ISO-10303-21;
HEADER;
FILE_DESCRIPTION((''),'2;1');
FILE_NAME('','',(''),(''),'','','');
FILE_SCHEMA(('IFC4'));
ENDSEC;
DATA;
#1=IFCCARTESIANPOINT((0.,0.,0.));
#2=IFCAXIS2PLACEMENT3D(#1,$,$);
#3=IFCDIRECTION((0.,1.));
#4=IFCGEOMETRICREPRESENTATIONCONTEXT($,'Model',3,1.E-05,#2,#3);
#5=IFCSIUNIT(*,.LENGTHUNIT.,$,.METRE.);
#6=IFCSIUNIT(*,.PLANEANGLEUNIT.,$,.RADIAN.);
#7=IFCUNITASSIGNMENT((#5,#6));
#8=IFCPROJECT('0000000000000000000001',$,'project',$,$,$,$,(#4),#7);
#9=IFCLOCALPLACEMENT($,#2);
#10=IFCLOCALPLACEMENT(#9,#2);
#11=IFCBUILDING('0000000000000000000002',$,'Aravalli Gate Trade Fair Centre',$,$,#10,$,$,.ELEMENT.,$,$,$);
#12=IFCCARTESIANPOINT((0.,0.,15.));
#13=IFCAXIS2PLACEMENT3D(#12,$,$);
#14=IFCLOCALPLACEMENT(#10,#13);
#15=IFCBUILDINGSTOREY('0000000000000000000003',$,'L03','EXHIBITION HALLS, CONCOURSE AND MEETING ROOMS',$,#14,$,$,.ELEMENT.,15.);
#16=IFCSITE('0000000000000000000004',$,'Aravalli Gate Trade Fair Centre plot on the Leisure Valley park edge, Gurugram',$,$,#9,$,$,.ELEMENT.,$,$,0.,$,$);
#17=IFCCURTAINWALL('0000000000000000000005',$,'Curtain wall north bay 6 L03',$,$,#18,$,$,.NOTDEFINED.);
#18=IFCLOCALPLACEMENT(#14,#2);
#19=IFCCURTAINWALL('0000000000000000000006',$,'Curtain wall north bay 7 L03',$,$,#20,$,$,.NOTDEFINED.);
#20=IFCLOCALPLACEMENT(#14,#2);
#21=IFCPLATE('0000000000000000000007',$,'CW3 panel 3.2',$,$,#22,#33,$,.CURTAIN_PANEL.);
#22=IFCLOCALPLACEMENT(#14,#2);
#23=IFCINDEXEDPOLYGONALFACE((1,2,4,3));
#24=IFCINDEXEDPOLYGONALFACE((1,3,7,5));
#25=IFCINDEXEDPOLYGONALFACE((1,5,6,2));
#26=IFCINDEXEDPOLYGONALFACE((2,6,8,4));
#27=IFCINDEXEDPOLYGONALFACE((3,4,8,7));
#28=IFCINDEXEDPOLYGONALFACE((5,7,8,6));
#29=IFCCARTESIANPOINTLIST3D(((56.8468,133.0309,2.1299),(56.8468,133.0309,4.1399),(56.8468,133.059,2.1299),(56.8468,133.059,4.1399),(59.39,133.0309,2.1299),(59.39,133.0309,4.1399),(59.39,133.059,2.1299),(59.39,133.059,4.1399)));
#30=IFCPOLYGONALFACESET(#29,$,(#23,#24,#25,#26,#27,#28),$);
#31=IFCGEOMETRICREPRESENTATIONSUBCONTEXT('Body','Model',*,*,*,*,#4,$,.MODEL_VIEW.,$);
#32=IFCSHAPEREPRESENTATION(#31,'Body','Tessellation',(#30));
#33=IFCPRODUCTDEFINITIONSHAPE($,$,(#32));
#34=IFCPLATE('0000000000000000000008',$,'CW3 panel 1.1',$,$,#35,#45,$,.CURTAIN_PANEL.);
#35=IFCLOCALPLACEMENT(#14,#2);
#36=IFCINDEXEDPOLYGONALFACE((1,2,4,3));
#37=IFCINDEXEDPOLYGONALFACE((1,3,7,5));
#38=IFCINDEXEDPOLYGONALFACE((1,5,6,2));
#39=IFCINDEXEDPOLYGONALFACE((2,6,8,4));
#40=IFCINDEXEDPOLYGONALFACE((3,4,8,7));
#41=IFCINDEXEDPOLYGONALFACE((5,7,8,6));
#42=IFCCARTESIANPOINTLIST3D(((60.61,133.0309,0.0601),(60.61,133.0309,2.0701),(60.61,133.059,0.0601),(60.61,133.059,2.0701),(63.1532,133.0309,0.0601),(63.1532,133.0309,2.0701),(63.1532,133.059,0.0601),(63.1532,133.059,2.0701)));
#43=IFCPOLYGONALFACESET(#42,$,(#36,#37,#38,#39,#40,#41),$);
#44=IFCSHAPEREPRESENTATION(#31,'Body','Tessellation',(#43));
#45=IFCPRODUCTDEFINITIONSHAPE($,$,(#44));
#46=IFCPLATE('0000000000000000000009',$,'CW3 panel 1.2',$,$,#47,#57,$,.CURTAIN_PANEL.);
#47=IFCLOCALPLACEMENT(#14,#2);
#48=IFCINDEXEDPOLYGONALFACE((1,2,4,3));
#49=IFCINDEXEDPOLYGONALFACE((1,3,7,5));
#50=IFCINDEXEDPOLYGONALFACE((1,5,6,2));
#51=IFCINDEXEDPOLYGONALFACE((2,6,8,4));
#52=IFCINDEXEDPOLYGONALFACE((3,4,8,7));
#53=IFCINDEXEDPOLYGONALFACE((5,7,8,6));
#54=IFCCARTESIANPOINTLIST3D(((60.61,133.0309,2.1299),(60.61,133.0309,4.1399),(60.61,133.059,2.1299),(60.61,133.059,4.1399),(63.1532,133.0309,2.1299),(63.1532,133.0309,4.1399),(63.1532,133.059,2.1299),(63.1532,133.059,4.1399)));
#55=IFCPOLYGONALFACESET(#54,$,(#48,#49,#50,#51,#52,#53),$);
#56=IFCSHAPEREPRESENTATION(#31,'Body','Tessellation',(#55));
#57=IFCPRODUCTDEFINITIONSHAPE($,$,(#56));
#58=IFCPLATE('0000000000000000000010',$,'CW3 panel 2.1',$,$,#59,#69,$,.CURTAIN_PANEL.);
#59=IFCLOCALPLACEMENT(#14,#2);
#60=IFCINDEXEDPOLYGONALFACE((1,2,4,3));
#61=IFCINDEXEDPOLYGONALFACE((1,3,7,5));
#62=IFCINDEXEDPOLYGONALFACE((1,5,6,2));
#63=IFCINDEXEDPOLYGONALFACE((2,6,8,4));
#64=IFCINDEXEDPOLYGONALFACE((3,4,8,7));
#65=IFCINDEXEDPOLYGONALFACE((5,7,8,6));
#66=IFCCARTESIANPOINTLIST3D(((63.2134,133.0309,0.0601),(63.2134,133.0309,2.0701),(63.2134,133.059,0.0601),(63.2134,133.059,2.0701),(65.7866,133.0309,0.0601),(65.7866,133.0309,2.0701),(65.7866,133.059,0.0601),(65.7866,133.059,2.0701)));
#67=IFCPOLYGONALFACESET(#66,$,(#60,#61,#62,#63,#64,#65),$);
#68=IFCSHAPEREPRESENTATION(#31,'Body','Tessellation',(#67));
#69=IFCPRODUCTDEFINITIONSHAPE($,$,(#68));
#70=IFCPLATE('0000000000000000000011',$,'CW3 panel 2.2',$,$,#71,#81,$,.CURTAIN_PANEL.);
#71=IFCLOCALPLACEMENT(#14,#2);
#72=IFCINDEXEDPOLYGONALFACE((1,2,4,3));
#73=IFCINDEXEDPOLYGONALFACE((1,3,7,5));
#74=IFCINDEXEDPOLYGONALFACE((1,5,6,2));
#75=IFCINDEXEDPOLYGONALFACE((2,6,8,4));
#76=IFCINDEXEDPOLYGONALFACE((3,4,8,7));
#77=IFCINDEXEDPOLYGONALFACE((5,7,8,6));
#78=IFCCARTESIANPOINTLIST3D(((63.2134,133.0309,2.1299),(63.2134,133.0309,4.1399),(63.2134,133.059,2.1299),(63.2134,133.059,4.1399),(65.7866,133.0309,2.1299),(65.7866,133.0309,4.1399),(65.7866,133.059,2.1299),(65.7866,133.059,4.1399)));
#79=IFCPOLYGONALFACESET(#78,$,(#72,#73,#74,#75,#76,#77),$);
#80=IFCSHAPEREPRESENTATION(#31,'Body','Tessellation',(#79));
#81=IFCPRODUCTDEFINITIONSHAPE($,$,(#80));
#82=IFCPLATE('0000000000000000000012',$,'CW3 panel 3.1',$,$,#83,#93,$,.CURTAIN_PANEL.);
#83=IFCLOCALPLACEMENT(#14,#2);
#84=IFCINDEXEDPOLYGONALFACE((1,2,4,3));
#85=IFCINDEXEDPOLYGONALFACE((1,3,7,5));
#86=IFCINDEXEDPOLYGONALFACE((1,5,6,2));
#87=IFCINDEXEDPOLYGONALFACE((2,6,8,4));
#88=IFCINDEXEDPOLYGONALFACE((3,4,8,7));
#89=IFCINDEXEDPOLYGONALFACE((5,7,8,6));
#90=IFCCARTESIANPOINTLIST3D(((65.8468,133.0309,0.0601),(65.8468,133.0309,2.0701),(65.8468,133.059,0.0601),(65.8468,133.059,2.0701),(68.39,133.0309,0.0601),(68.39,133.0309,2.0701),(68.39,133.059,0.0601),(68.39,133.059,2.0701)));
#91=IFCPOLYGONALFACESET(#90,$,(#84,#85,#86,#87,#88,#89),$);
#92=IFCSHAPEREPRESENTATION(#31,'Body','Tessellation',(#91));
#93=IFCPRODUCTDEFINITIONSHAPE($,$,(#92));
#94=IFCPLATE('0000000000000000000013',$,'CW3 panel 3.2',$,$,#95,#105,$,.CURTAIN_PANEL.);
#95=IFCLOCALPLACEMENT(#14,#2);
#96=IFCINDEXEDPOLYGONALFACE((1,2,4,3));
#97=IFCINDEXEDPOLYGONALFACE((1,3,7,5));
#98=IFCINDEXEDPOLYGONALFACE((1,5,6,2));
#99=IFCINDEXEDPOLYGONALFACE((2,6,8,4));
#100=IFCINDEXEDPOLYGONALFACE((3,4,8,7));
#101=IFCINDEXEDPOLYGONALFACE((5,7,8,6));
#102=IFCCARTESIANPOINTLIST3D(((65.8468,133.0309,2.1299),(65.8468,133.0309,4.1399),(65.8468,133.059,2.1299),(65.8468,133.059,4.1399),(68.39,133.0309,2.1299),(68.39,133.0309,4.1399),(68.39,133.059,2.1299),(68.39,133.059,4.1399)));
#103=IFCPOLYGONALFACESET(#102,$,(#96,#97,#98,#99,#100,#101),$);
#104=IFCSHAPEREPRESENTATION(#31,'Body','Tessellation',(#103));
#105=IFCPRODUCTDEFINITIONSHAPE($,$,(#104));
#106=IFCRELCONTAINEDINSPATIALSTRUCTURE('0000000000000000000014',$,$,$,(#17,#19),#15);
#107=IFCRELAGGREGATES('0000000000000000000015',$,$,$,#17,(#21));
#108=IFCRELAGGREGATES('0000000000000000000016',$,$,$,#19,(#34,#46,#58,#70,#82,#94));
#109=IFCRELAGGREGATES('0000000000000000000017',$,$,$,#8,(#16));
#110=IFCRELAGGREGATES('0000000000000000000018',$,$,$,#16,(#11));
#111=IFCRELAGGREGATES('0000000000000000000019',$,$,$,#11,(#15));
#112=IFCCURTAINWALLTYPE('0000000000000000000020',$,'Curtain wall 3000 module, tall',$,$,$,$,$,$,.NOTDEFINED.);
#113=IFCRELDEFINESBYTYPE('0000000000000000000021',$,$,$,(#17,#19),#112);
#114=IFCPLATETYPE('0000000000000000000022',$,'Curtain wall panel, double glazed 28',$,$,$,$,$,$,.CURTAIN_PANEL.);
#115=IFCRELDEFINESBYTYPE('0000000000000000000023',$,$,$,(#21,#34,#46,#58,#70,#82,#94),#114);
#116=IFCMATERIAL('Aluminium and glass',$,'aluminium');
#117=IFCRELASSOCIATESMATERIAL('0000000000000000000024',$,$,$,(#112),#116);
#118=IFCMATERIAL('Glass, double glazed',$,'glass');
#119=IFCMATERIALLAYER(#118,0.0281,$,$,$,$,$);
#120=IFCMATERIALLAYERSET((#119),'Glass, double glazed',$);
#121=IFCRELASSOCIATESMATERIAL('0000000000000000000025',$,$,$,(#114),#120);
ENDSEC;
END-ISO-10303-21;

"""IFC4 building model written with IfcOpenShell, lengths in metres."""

from ifc_helpers import new_model, si_unit, direction, frame, origin, origin_2d, place, context, subcontext, project, spatial, rectangle, extrude, material, layer, layer_set, type_object, element, aggregate, save


model = new_model("IFC4")

# Units and contexts
model_context = context("Model", 3, precision=1e-05, world=origin(), true_north=direction((0.0, 1.0)))
body_context = subcontext(model_context, "Body", "Model", "MODEL_VIEW")
ifc_project = project(units=[si_unit("LENGTHUNIT", "METRE"), si_unit("PLANEANGLEUNIT", "RADIAN")], contexts=[model_context])

# Site, building, storey
site_placement = place(None, origin())
site = spatial("IfcSite", under=ifc_project, at=site_placement, Name="Aravalli Gate Trade Fair Centre plot on the Leisure Valley park edge, Gurugram", CompositionType="ELEMENT", RefElevation=0.0)
building_placement = place(site_placement, origin())
building = spatial("IfcBuilding", under=site, at=building_placement, Name="Aravalli Gate Trade Fair Centre", CompositionType="ELEMENT")
storey_placement = place(building_placement, frame((0.0, 0.0, 15.0)))
storey = spatial("IfcBuildingStorey", under=building, at=storey_placement, Name="L03", Description="EXHIBITION HALLS, CONCOURSE AND MEETING ROOMS", CompositionType="ELEMENT", Elevation=15.0)

# Curtain wall
ifc_material_1 = material(Name="Aluminium and glass", Category="aluminium")
curtain_wall_type = type_object("IfcCurtainWallType", Name="Curtain wall 3000 module, tall", PredefinedType="NOTDEFINED", material=ifc_material_1)
curtain_wall_1_placement = place(storey_placement, origin())
curtain_wall_1 = element("IfcCurtainWall", 1, at=curtain_wall_1_placement, inside=storey, type_object=curtain_wall_type, Name="Curtain wall north bay 6 L03", PredefinedType="NOTDEFINED")

# Curtain wall
curtain_wall_2_placement = place(storey_placement, origin())
curtain_wall_2 = element("IfcCurtainWall", 2, at=curtain_wall_2_placement, inside=storey, type_object=curtain_wall_type, Name="Curtain wall north bay 7 L03", PredefinedType="NOTDEFINED")

# Plates
ifc_material_2 = material(Name="Glass, double glazed", Category="glass")
ifc_layer = layer(ifc_material_2, 0.0281)
ifc_layer_set = layer_set([ifc_layer], Name="Glass, double glazed")
plate_type = type_object("IfcPlateType", Name="Curtain wall panel, double glazed 28", PredefinedType="CURTAIN_PANEL", material=ifc_layer_set)
plate_1_placement = place(storey_placement, frame((58.1184, 133.0449, 2.1299), z_axis=(0.0, 0.0, 1.0), x_axis=(1.0, 0.0, 0.0)))
plate_1 = element("IfcPlate", 3, at=plate_1_placement, type_object=plate_type, Name="CW3 panel 3.2", PredefinedType="CURTAIN_PANEL", context=body_context, shape_type="SweptSolid", body=[
    extrude(rectangle(XDim=2.5432, YDim=0.0281, at=origin_2d()), origin(), (0.0, 0.0, 1.0), 2.01),
])
aggregate(curtain_wall_1, [plate_1])
plate_2_placement = place(storey_placement, frame((61.8816, 133.0449, 0.0601), z_axis=(0.0, 0.0, 1.0), x_axis=(1.0, 0.0, 0.0)))
plate_2 = element("IfcPlate", 4, at=plate_2_placement, type_object=plate_type, Name="CW3 panel 1.1", PredefinedType="CURTAIN_PANEL", context=body_context, shape_type="SweptSolid", body=[
    extrude(rectangle(XDim=2.5432, YDim=0.0281, at=origin_2d()), origin(), (0.0, 0.0, 1.0), 2.01),
])
plate_3_placement = place(storey_placement, frame((61.8816, 133.0449, 2.1299), z_axis=(0.0, 0.0, 1.0), x_axis=(1.0, 0.0, 0.0)))
plate_3 = element("IfcPlate", 5, at=plate_3_placement, type_object=plate_type, Name="CW3 panel 1.2", PredefinedType="CURTAIN_PANEL", context=body_context, shape_type="SweptSolid", body=[
    extrude(rectangle(XDim=2.5432, YDim=0.0281, at=origin_2d()), origin(), (0.0, 0.0, 1.0), 2.01),
])
plate_4_placement = place(storey_placement, frame((64.5, 133.0449, 0.0601), z_axis=(0.0, 0.0, 1.0), x_axis=(1.0, 0.0, 0.0)))
plate_4 = element("IfcPlate", 6, at=plate_4_placement, type_object=plate_type, Name="CW3 panel 2.1", PredefinedType="CURTAIN_PANEL", context=body_context, shape_type="SweptSolid", body=[
    extrude(rectangle(XDim=2.5732, YDim=0.0281, at=origin_2d()), origin(), (0.0, 0.0, 1.0), 2.01),
])
plate_5_placement = place(storey_placement, frame((64.5, 133.0449, 2.1299), z_axis=(0.0, 0.0, 1.0), x_axis=(1.0, 0.0, 0.0)))
plate_5 = element("IfcPlate", 7, at=plate_5_placement, type_object=plate_type, Name="CW3 panel 2.2", PredefinedType="CURTAIN_PANEL", context=body_context, shape_type="SweptSolid", body=[
    extrude(rectangle(XDim=2.5732, YDim=0.0281, at=origin_2d()), origin(), (0.0, 0.0, 1.0), 2.01),
])
plate_6_placement = place(storey_placement, frame((67.1184, 133.0449, 0.0601), z_axis=(0.0, 0.0, 1.0), x_axis=(1.0, 0.0, 0.0)))
plate_6 = element("IfcPlate", 8, at=plate_6_placement, type_object=plate_type, Name="CW3 panel 3.1", PredefinedType="CURTAIN_PANEL", context=body_context, shape_type="SweptSolid", body=[
    extrude(rectangle(XDim=2.5432, YDim=0.0281, at=origin_2d()), origin(), (0.0, 0.0, 1.0), 2.01),
])
plate_7_placement = place(storey_placement, frame((67.1184, 133.0449, 2.1299), z_axis=(0.0, 0.0, 1.0), x_axis=(1.0, 0.0, 0.0)))
plate_7 = element("IfcPlate", 9, at=plate_7_placement, type_object=plate_type, Name="CW3 panel 3.2", PredefinedType="CURTAIN_PANEL", context=body_context, shape_type="SweptSolid", body=[
    extrude(rectangle(XDim=2.5432, YDim=0.0281, at=origin_2d()), origin(), (0.0, 0.0, 1.0), 2.01),
])
aggregate(curtain_wall_2, [plate_2, plate_3, plate_4, plate_5, plate_6, plate_7])

save(model, "model.ifc")
